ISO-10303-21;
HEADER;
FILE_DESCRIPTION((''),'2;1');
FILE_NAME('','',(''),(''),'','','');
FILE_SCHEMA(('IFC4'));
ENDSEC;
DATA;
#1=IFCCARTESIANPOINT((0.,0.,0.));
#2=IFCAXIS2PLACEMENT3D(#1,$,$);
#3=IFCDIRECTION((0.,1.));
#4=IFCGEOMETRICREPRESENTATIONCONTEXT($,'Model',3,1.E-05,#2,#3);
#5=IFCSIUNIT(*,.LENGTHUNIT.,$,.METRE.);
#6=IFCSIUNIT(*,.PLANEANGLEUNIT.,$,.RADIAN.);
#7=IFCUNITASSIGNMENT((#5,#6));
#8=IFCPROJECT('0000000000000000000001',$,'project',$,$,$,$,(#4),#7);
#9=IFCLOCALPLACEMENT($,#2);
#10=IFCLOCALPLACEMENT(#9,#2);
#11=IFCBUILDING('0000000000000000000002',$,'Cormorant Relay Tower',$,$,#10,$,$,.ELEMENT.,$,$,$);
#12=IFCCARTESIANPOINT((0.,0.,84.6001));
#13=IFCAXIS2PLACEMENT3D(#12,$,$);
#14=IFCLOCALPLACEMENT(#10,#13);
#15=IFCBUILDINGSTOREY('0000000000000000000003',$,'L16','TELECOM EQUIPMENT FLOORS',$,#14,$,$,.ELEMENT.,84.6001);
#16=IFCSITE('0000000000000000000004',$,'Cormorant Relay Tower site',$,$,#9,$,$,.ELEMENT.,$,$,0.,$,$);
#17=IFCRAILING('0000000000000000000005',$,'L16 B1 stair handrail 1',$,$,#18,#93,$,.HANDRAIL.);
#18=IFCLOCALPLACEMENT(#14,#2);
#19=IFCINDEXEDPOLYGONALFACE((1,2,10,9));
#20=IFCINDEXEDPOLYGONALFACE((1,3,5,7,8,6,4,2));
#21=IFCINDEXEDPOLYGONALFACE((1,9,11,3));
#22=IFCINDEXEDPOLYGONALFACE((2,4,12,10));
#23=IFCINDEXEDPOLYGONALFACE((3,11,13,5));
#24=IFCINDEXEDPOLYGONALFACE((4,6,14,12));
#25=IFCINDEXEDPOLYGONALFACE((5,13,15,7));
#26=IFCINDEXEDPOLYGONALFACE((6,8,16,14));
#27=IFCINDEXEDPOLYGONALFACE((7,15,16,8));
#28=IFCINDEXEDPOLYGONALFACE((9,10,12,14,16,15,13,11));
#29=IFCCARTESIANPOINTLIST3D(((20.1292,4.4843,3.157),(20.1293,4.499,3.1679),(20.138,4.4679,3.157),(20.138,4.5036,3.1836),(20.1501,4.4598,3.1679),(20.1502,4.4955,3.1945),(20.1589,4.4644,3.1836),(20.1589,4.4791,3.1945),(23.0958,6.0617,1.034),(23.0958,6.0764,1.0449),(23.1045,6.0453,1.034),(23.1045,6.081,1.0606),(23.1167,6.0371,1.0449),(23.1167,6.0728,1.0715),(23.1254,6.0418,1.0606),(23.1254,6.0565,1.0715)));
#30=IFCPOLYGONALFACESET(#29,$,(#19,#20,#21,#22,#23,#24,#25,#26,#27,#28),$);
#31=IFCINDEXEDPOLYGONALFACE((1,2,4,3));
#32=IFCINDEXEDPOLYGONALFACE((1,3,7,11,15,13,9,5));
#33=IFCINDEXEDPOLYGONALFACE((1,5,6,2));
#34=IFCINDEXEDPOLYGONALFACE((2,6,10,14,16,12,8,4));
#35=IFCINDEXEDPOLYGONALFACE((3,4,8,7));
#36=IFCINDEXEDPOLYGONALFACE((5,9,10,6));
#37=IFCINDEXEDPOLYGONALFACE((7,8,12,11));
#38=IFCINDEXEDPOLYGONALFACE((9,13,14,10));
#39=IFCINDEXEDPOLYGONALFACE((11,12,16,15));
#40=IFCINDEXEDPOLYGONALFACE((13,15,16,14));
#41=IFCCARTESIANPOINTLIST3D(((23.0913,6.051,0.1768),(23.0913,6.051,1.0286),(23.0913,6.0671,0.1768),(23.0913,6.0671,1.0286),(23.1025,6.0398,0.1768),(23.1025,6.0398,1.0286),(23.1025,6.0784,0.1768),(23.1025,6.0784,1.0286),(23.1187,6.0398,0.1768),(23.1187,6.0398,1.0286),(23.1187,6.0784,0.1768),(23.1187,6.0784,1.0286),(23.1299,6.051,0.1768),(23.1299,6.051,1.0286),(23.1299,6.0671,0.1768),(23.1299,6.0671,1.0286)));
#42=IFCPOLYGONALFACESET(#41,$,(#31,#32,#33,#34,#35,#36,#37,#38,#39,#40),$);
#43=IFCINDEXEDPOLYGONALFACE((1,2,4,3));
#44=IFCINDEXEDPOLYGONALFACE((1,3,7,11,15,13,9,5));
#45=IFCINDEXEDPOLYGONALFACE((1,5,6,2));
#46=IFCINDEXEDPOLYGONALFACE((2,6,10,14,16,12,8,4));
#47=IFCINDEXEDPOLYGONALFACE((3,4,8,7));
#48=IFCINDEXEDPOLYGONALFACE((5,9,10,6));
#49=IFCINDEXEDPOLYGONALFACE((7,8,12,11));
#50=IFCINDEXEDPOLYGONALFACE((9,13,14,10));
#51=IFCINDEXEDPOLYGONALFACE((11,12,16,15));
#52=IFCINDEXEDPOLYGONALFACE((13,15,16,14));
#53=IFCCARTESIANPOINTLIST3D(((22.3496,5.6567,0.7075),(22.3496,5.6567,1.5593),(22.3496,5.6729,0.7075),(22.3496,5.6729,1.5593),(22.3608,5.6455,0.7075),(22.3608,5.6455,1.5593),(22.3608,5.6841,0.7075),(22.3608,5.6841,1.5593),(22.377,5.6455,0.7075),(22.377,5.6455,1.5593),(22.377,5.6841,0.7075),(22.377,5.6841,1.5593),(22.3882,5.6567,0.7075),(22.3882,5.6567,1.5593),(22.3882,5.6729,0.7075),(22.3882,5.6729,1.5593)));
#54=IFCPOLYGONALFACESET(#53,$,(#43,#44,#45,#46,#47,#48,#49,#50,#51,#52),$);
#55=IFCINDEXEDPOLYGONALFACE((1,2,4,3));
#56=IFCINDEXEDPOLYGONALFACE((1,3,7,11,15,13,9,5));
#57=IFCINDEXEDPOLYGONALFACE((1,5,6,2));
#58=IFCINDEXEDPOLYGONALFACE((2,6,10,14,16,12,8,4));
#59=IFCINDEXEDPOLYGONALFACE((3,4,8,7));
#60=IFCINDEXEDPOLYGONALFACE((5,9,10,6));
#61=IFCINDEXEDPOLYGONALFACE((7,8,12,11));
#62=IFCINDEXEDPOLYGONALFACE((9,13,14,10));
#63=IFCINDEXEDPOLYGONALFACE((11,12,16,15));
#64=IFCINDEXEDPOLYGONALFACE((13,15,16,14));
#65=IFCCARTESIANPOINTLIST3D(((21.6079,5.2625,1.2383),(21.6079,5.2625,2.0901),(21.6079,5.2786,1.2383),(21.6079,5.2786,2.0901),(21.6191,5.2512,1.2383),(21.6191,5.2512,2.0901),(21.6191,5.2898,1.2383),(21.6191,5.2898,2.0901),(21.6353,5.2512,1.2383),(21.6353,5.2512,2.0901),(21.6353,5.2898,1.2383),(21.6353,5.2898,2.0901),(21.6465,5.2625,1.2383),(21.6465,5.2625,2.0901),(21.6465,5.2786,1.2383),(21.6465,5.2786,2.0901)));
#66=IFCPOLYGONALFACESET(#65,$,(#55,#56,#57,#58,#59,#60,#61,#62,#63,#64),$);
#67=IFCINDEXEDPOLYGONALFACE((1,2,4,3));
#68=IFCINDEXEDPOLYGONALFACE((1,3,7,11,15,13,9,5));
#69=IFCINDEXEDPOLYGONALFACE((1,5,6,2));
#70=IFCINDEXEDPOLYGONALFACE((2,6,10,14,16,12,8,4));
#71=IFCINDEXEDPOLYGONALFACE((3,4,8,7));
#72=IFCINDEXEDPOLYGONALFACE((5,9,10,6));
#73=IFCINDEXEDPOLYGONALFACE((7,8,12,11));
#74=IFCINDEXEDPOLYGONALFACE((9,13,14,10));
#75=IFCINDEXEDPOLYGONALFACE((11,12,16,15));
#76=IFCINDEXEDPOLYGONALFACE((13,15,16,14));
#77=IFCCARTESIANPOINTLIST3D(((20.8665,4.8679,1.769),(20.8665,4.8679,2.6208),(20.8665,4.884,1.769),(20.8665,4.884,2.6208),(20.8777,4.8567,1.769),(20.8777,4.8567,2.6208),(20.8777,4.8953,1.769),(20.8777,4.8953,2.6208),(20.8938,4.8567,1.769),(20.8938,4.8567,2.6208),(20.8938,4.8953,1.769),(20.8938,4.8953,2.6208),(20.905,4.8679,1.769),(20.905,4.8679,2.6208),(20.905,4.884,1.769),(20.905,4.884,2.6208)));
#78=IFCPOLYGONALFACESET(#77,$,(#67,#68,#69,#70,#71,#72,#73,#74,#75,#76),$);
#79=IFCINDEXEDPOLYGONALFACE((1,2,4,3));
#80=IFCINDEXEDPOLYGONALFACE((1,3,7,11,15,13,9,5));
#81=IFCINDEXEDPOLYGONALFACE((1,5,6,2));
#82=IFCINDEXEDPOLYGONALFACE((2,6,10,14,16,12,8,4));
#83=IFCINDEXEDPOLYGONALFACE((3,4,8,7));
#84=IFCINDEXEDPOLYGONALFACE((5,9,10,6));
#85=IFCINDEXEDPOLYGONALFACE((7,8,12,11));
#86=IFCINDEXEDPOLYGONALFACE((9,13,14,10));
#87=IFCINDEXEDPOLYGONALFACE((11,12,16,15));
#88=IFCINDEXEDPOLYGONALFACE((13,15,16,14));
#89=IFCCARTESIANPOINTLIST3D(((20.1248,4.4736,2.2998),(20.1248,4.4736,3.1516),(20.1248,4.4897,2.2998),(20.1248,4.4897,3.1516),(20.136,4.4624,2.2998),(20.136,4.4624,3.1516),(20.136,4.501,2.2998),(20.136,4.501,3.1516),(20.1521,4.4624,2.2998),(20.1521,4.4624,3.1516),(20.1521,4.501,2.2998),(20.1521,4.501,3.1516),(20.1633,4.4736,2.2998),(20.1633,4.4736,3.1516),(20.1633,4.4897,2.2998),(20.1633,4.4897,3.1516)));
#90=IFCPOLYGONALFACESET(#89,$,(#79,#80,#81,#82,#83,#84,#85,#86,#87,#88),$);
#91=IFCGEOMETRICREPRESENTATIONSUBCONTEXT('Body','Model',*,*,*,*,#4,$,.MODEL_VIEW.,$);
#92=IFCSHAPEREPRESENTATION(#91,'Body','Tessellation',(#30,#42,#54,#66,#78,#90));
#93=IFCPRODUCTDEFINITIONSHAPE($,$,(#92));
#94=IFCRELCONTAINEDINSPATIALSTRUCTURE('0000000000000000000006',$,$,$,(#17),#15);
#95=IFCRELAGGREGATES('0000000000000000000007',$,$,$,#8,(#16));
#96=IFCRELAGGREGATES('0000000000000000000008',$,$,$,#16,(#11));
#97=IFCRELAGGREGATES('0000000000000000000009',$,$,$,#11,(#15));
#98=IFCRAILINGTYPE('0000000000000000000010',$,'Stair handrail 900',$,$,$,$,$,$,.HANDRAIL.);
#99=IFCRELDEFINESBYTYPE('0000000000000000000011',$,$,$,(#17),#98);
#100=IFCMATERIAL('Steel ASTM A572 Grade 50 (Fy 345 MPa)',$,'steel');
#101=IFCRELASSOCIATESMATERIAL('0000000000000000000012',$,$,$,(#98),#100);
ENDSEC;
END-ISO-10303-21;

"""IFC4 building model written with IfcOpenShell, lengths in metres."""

from ifc_helpers import new_model, si_unit, direction, frame, origin, place, context, subcontext, project, spatial, polyline, outline, extrude, material, type_object, element, save


model = new_model("IFC4")

# Units and contexts
model_context = context("Model", 3, precision=1e-05, world=origin(), true_north=direction((0.0, 1.0)))
body_context = subcontext(model_context, "Body", "Model", "MODEL_VIEW")
ifc_project = project(units=[si_unit("LENGTHUNIT", "METRE"), si_unit("PLANEANGLEUNIT", "RADIAN")], contexts=[model_context])

# Site, building, storey
site_placement = place(None, origin())
site = spatial("IfcSite", under=ifc_project, at=site_placement, Name="Cormorant Relay Tower site", CompositionType="ELEMENT", RefElevation=0.0)
building_placement = place(site_placement, origin())
building = spatial("IfcBuilding", under=site, at=building_placement, Name="Cormorant Relay Tower", CompositionType="ELEMENT")
storey_placement = place(building_placement, frame((0.0, 0.0, 84.6001)))
storey = spatial("IfcBuildingStorey", under=building, at=storey_placement, Name="L16", Description="TELECOM EQUIPMENT FLOORS", CompositionType="ELEMENT", Elevation=84.6001)

# Railing
ifc_material_1 = material(Name="Steel ASTM A572 Grade 50 (Fy 345 MPa)", Category="steel")
railing_type_1 = type_object("IfcRailingType", Name="Stair handrail 900", PredefinedType="HANDRAIL", material=ifc_material_1)
railing_1_placement = place(storey_placement, frame((23.1106, 6.0591, 0.1768)))
element("IfcRailing", 1, at=railing_1_placement, inside=storey, type_object=railing_type_1, Name="L16 B1 stair handrail 1", PredefinedType="HANDRAIL", context=body_context, shape_type="SweptSolid", body=[
    extrude(outline(polyline([(0.0222, 0.0093), (0.0093, 0.0222), (-0.0093, 0.0222), (-0.0222, 0.0093), (-0.0222, -0.0093), (-0.0093, -0.0222), (0.0093, -0.0222), (0.0222, -0.0093), (0.0222, 0.0093)])), frame((0.0, 0.0, 0.876), z_axis=(-0.746413, -0.396887, 0.534179), x_axis=(0.469483, -0.882942, 0.0)), (0.0, 0.0, 1.0), 3.9744),
    extrude(outline(polyline([(0.0193, 0.0081), (0.0081, 0.0193), (-0.0081, 0.0193), (-0.0193, 0.0081), (-0.0193, -0.0081), (-0.0081, -0.0193), (0.0081, -0.0193), (0.0193, -0.0081), (0.0193, 0.0081)])), origin(), (0.0, 0.0, 1.0), 0.8518),
    extrude(outline(polyline([(0.0193, 0.0081), (0.0081, 0.0193), (-0.0081, 0.0193), (-0.0193, 0.0081), (-0.0193, -0.0081), (-0.0081, -0.0193), (0.0081, -0.0193), (0.0193, -0.0081), (0.0193, 0.0081)])), frame((-0.7417, -0.3943, 0.5308)), (0.0, 0.0, 1.0), 0.8518),
    extrude(outline(polyline([(0.0193, 0.0081), (0.0081, 0.0193), (-0.0081, 0.0193), (-0.0193, 0.0081), (-0.0193, -0.0081), (-0.0081, -0.0193), (0.0081, -0.0193), (0.0193, -0.0081), (0.0193, 0.0081)])), frame((-1.4834, -0.7886, 1.0615)), (0.0, 0.0, 1.0), 0.8518),
    extrude(outline(polyline([(0.0193, 0.0081), (0.0081, 0.0193), (-0.0081, 0.0193), (-0.0193, 0.0081), (-0.0193, -0.0081), (-0.0081, -0.0193), (0.0081, -0.0193), (0.0193, -0.0081), (0.0193, 0.0081)])), frame((-2.2249, -1.1831, 1.5923)), (0.0, 0.0, 1.0), 0.8518),
    extrude(outline(polyline([(0.0193, 0.0081), (0.0081, 0.0193), (-0.0081, 0.0193), (-0.0193, 0.0081), (-0.0193, -0.0081), (-0.0081, -0.0193), (0.0081, -0.0193), (0.0193, -0.0081), (0.0193, 0.0081)])), frame((-2.9666, -1.5774, 2.123)), (0.0, 0.0, 1.0), 0.8518),
])

save(model, "model.ifc")
